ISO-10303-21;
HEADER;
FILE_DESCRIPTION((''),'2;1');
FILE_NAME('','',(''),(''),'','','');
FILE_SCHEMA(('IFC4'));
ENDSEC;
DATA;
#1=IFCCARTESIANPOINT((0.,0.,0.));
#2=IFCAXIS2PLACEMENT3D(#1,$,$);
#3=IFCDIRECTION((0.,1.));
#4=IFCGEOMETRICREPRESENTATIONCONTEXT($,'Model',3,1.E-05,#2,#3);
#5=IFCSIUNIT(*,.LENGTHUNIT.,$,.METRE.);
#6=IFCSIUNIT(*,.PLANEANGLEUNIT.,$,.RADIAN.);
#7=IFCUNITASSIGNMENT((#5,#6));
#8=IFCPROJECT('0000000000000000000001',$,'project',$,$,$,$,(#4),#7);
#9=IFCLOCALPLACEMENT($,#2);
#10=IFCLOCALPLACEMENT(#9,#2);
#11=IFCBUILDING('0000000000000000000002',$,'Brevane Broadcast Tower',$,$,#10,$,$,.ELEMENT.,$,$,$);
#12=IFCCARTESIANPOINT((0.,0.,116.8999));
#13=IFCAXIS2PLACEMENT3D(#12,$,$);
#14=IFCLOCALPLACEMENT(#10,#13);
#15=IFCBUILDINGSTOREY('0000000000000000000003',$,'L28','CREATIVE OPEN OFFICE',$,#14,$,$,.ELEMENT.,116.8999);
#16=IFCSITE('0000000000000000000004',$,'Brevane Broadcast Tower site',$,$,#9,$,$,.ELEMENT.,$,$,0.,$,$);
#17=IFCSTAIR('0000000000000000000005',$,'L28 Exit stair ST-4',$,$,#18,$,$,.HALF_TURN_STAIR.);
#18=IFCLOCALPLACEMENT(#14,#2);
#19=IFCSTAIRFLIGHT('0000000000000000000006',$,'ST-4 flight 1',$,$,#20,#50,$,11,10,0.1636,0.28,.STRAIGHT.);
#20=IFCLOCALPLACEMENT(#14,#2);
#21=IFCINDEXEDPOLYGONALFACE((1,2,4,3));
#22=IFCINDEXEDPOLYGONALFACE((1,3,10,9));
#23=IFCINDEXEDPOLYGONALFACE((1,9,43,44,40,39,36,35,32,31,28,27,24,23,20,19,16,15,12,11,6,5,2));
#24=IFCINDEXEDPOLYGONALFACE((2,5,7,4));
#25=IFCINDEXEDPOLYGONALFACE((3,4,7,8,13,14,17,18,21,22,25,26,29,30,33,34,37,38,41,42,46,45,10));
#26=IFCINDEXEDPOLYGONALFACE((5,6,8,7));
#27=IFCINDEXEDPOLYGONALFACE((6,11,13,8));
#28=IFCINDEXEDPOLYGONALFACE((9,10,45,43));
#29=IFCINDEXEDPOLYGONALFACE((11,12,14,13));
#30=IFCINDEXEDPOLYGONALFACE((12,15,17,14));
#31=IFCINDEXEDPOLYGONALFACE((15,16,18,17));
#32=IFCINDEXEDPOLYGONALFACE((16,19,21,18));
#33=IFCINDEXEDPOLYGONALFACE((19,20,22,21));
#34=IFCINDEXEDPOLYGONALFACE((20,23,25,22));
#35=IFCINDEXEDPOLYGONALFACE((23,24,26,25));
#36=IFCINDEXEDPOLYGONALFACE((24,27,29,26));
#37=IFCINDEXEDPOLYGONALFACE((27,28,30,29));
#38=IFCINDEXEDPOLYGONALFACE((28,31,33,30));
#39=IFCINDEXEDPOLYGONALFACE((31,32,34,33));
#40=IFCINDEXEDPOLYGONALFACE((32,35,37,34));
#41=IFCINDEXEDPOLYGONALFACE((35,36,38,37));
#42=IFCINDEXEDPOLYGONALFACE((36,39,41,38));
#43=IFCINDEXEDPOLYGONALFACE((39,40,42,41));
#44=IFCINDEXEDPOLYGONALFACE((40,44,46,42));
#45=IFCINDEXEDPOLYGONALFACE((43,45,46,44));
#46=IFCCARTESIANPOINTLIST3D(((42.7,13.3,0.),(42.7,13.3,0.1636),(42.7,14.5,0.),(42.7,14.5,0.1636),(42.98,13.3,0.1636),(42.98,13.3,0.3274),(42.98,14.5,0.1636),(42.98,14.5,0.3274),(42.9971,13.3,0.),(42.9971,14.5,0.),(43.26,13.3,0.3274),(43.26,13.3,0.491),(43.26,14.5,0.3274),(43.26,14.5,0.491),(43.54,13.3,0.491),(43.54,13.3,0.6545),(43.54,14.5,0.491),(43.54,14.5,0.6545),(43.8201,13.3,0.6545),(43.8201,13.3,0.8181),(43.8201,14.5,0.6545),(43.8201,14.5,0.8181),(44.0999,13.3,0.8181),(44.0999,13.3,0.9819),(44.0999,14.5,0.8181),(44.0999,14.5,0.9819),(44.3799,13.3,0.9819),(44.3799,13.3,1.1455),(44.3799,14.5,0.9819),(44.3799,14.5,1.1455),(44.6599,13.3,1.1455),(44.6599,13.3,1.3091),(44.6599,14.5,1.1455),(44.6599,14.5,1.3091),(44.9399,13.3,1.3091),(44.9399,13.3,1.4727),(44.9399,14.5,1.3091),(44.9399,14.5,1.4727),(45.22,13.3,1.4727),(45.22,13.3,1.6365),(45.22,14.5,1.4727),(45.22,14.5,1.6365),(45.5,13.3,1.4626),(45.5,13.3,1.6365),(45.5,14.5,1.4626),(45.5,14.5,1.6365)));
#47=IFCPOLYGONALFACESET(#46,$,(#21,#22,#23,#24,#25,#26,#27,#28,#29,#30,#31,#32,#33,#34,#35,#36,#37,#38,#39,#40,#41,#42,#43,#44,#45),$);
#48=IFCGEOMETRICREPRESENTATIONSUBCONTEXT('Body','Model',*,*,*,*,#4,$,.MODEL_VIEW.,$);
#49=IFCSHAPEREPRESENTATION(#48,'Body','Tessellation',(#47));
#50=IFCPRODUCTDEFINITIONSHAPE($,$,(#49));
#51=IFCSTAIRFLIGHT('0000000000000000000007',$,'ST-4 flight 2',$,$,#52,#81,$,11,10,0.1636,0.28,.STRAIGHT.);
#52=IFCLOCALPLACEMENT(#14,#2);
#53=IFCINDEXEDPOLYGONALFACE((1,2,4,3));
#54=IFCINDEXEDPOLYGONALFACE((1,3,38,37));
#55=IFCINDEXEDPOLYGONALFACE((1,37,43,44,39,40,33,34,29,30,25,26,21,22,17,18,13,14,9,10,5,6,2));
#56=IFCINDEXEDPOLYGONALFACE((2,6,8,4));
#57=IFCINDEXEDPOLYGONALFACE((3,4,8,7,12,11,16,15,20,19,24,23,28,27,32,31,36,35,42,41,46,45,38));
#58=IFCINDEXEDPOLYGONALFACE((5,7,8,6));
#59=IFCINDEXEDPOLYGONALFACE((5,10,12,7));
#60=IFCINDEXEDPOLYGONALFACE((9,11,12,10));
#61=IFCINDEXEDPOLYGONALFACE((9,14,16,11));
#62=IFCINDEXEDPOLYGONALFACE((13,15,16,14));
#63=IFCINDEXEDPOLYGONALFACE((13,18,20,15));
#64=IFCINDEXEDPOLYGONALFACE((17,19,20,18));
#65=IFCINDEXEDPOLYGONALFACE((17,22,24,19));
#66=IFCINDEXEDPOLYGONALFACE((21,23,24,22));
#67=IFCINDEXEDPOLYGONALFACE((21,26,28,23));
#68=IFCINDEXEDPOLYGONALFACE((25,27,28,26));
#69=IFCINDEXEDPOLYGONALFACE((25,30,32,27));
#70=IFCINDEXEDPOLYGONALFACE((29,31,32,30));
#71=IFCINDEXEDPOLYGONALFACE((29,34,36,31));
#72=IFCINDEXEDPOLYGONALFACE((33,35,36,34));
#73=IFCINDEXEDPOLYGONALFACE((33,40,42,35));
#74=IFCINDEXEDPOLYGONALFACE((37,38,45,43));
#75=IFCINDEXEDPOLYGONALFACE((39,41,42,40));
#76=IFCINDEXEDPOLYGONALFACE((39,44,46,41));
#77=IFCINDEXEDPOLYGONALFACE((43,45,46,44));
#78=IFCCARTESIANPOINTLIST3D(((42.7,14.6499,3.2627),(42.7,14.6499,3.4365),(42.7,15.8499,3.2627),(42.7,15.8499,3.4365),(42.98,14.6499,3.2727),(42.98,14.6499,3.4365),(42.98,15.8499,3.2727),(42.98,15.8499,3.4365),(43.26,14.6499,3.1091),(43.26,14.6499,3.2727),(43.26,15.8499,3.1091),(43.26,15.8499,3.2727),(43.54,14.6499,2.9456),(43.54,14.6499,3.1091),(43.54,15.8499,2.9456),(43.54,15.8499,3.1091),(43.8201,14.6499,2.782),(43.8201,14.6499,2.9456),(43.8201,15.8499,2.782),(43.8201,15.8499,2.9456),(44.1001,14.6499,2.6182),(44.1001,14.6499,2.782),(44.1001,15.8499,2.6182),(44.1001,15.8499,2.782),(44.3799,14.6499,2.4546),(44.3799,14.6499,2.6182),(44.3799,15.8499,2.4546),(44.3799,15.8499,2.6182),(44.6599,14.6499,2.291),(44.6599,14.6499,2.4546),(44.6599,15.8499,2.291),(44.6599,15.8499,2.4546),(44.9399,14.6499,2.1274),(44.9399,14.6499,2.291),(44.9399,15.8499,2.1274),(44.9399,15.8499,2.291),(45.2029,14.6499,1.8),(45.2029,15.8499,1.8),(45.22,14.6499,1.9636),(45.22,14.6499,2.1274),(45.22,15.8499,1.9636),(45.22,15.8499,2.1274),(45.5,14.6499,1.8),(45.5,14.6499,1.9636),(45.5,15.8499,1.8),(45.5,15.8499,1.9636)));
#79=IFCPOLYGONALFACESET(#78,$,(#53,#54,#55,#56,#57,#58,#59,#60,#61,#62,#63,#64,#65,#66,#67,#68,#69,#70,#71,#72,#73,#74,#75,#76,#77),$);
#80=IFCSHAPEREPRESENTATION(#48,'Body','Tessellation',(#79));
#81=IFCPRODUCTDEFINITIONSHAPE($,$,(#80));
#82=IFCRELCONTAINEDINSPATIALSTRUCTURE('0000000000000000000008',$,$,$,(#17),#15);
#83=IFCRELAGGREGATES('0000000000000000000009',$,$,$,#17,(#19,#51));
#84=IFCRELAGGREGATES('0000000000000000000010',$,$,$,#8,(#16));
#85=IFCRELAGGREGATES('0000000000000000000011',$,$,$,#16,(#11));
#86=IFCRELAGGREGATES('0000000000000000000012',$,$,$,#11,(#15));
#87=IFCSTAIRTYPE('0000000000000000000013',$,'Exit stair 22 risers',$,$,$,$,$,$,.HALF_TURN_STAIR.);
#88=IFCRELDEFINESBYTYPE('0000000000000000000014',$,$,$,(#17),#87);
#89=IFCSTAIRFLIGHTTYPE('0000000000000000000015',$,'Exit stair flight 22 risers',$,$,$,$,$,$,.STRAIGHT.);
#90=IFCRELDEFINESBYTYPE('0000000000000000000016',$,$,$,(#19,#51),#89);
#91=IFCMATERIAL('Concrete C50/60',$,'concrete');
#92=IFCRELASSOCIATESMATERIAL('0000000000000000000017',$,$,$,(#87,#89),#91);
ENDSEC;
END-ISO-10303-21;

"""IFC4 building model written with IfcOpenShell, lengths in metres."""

from ifc_helpers import new_model, si_unit, direction, frame, origin, place, context, subcontext, project, spatial, polyline, outline, extrude, material, type_object, element, aggregate, save


model = new_model("IFC4")

# Units and contexts
model_context = context("Model", 3, precision=1e-05, world=origin(), true_north=direction((0.0, 1.0)))
body_context = subcontext(model_context, "Body", "Model", "MODEL_VIEW")
ifc_project = project(units=[si_unit("LENGTHUNIT", "METRE"), si_unit("PLANEANGLEUNIT", "RADIAN")], contexts=[model_context])

# Site, building, storey
site_placement = place(None, origin())
site = spatial("IfcSite", under=ifc_project, at=site_placement, Name="Brevane Broadcast Tower site", CompositionType="ELEMENT", RefElevation=0.0)
building_placement = place(site_placement, origin())
building = spatial("IfcBuilding", under=site, at=building_placement, Name="Brevane Broadcast Tower", CompositionType="ELEMENT")
storey_placement = place(building_placement, frame((0.0, 0.0, 116.8999)))
storey = spatial("IfcBuildingStorey", under=building, at=storey_placement, Name="L28", Description="CREATIVE OPEN OFFICE", CompositionType="ELEMENT", Elevation=116.8999)

# Stair, stair flights
ifc_material_1 = material(Name="Concrete C50/60", Category="concrete")
stair_type = type_object("IfcStairType", Name="Exit stair 22 risers", PredefinedType="HALF_TURN_STAIR", material=ifc_material_1)
stair_placement = place(storey_placement, origin())
stair = element("IfcStair", 1, at=stair_placement, inside=storey, type_object=stair_type, Name="L28 Exit stair ST-4", PredefinedType="HALF_TURN_STAIR")
stair_flight_type = type_object("IfcStairFlightType", Name="Exit stair flight 22 risers", PredefinedType="STRAIGHT", material=ifc_material_1)
stair_flight_1_placement = place(storey_placement, frame((42.7, 13.8999, 0.0), z_axis=(0.0, 0.0, 1.0), x_axis=(1.0, 0.0, 0.0)))
stair_flight_1 = element("IfcStairFlight", 2, at=stair_flight_1_placement, type_object=stair_flight_type, Name="ST-4 flight 1", NumberOfRisers=11, NumberOfTreads=10, PredefinedType="STRAIGHT", RiserHeight=0.1636, TreadLength=0.28, context=body_context, shape_type="SweptSolid", body=[
    extrude(outline(polyline([(0.0, 0.0), (0.0, 0.1636), (0.28, 0.1636), (0.28, 0.3274), (0.5601, 0.3274), (0.5601, 0.491), (0.8401, 0.491), (0.8401, 0.6545), (1.1201, 0.6545), (1.1201, 0.8181), (1.3999, 0.8181), (1.3999, 0.9819), (1.6799, 0.9819), (1.6799, 1.1455), (1.96, 1.1455), (1.96, 1.3091), (2.24, 1.3091), (2.24, 1.4727), (2.52, 1.4727), (2.52, 1.6365), (2.8, 1.6365), (2.8, 1.8), (2.8, 1.4626), (0.2971, 0.0), (0.0, 0.0)])), frame((0.0, 0.6001, 0.0), z_axis=(0.0, -1.0, 0.0), x_axis=(1.0, 0.0, 0.0)), (0.0, 0.0, 1.0), 1.2),
])
stair_flight_2_placement = place(storey_placement, frame((45.5, 15.25, 1.8), z_axis=(0.0, 0.0, 1.0), x_axis=(-1.0, 0.0, 0.0)))
stair_flight_2 = element("IfcStairFlight", 3, at=stair_flight_2_placement, type_object=stair_flight_type, Name="ST-4 flight 2", NumberOfRisers=11, NumberOfTreads=10, PredefinedType="STRAIGHT", RiserHeight=0.1636, TreadLength=0.28, context=body_context, shape_type="SweptSolid", body=[
    extrude(outline(polyline([(0.0, 0.0), (0.0, 0.1636), (0.28, 0.1636), (0.28, 0.3274), (0.5601, 0.3274), (0.5601, 0.491), (0.8401, 0.491), (0.8401, 0.6545), (1.1201, 0.6545), (1.1201, 0.8181), (1.3999, 0.8181), (1.3999, 0.9819), (1.6799, 0.9819), (1.6799, 1.1455), (1.96, 1.1455), (1.96, 1.3091), (2.24, 1.3091), (2.24, 1.4727), (2.52, 1.4727), (2.52, 1.6365), (2.8, 1.6365), (2.8, 1.8), (2.8, 1.4626), (0.2971, 0.0), (0.0, 0.0)])), frame((0.0, 0.6001, 0.0), z_axis=(0.0, -1.0, 0.0), x_axis=(1.0, 0.0, 0.0)), (0.0, 0.0, 1.0), 1.2),
])
aggregate(stair, [stair_flight_1, stair_flight_2])

save(model, "model.ifc")
